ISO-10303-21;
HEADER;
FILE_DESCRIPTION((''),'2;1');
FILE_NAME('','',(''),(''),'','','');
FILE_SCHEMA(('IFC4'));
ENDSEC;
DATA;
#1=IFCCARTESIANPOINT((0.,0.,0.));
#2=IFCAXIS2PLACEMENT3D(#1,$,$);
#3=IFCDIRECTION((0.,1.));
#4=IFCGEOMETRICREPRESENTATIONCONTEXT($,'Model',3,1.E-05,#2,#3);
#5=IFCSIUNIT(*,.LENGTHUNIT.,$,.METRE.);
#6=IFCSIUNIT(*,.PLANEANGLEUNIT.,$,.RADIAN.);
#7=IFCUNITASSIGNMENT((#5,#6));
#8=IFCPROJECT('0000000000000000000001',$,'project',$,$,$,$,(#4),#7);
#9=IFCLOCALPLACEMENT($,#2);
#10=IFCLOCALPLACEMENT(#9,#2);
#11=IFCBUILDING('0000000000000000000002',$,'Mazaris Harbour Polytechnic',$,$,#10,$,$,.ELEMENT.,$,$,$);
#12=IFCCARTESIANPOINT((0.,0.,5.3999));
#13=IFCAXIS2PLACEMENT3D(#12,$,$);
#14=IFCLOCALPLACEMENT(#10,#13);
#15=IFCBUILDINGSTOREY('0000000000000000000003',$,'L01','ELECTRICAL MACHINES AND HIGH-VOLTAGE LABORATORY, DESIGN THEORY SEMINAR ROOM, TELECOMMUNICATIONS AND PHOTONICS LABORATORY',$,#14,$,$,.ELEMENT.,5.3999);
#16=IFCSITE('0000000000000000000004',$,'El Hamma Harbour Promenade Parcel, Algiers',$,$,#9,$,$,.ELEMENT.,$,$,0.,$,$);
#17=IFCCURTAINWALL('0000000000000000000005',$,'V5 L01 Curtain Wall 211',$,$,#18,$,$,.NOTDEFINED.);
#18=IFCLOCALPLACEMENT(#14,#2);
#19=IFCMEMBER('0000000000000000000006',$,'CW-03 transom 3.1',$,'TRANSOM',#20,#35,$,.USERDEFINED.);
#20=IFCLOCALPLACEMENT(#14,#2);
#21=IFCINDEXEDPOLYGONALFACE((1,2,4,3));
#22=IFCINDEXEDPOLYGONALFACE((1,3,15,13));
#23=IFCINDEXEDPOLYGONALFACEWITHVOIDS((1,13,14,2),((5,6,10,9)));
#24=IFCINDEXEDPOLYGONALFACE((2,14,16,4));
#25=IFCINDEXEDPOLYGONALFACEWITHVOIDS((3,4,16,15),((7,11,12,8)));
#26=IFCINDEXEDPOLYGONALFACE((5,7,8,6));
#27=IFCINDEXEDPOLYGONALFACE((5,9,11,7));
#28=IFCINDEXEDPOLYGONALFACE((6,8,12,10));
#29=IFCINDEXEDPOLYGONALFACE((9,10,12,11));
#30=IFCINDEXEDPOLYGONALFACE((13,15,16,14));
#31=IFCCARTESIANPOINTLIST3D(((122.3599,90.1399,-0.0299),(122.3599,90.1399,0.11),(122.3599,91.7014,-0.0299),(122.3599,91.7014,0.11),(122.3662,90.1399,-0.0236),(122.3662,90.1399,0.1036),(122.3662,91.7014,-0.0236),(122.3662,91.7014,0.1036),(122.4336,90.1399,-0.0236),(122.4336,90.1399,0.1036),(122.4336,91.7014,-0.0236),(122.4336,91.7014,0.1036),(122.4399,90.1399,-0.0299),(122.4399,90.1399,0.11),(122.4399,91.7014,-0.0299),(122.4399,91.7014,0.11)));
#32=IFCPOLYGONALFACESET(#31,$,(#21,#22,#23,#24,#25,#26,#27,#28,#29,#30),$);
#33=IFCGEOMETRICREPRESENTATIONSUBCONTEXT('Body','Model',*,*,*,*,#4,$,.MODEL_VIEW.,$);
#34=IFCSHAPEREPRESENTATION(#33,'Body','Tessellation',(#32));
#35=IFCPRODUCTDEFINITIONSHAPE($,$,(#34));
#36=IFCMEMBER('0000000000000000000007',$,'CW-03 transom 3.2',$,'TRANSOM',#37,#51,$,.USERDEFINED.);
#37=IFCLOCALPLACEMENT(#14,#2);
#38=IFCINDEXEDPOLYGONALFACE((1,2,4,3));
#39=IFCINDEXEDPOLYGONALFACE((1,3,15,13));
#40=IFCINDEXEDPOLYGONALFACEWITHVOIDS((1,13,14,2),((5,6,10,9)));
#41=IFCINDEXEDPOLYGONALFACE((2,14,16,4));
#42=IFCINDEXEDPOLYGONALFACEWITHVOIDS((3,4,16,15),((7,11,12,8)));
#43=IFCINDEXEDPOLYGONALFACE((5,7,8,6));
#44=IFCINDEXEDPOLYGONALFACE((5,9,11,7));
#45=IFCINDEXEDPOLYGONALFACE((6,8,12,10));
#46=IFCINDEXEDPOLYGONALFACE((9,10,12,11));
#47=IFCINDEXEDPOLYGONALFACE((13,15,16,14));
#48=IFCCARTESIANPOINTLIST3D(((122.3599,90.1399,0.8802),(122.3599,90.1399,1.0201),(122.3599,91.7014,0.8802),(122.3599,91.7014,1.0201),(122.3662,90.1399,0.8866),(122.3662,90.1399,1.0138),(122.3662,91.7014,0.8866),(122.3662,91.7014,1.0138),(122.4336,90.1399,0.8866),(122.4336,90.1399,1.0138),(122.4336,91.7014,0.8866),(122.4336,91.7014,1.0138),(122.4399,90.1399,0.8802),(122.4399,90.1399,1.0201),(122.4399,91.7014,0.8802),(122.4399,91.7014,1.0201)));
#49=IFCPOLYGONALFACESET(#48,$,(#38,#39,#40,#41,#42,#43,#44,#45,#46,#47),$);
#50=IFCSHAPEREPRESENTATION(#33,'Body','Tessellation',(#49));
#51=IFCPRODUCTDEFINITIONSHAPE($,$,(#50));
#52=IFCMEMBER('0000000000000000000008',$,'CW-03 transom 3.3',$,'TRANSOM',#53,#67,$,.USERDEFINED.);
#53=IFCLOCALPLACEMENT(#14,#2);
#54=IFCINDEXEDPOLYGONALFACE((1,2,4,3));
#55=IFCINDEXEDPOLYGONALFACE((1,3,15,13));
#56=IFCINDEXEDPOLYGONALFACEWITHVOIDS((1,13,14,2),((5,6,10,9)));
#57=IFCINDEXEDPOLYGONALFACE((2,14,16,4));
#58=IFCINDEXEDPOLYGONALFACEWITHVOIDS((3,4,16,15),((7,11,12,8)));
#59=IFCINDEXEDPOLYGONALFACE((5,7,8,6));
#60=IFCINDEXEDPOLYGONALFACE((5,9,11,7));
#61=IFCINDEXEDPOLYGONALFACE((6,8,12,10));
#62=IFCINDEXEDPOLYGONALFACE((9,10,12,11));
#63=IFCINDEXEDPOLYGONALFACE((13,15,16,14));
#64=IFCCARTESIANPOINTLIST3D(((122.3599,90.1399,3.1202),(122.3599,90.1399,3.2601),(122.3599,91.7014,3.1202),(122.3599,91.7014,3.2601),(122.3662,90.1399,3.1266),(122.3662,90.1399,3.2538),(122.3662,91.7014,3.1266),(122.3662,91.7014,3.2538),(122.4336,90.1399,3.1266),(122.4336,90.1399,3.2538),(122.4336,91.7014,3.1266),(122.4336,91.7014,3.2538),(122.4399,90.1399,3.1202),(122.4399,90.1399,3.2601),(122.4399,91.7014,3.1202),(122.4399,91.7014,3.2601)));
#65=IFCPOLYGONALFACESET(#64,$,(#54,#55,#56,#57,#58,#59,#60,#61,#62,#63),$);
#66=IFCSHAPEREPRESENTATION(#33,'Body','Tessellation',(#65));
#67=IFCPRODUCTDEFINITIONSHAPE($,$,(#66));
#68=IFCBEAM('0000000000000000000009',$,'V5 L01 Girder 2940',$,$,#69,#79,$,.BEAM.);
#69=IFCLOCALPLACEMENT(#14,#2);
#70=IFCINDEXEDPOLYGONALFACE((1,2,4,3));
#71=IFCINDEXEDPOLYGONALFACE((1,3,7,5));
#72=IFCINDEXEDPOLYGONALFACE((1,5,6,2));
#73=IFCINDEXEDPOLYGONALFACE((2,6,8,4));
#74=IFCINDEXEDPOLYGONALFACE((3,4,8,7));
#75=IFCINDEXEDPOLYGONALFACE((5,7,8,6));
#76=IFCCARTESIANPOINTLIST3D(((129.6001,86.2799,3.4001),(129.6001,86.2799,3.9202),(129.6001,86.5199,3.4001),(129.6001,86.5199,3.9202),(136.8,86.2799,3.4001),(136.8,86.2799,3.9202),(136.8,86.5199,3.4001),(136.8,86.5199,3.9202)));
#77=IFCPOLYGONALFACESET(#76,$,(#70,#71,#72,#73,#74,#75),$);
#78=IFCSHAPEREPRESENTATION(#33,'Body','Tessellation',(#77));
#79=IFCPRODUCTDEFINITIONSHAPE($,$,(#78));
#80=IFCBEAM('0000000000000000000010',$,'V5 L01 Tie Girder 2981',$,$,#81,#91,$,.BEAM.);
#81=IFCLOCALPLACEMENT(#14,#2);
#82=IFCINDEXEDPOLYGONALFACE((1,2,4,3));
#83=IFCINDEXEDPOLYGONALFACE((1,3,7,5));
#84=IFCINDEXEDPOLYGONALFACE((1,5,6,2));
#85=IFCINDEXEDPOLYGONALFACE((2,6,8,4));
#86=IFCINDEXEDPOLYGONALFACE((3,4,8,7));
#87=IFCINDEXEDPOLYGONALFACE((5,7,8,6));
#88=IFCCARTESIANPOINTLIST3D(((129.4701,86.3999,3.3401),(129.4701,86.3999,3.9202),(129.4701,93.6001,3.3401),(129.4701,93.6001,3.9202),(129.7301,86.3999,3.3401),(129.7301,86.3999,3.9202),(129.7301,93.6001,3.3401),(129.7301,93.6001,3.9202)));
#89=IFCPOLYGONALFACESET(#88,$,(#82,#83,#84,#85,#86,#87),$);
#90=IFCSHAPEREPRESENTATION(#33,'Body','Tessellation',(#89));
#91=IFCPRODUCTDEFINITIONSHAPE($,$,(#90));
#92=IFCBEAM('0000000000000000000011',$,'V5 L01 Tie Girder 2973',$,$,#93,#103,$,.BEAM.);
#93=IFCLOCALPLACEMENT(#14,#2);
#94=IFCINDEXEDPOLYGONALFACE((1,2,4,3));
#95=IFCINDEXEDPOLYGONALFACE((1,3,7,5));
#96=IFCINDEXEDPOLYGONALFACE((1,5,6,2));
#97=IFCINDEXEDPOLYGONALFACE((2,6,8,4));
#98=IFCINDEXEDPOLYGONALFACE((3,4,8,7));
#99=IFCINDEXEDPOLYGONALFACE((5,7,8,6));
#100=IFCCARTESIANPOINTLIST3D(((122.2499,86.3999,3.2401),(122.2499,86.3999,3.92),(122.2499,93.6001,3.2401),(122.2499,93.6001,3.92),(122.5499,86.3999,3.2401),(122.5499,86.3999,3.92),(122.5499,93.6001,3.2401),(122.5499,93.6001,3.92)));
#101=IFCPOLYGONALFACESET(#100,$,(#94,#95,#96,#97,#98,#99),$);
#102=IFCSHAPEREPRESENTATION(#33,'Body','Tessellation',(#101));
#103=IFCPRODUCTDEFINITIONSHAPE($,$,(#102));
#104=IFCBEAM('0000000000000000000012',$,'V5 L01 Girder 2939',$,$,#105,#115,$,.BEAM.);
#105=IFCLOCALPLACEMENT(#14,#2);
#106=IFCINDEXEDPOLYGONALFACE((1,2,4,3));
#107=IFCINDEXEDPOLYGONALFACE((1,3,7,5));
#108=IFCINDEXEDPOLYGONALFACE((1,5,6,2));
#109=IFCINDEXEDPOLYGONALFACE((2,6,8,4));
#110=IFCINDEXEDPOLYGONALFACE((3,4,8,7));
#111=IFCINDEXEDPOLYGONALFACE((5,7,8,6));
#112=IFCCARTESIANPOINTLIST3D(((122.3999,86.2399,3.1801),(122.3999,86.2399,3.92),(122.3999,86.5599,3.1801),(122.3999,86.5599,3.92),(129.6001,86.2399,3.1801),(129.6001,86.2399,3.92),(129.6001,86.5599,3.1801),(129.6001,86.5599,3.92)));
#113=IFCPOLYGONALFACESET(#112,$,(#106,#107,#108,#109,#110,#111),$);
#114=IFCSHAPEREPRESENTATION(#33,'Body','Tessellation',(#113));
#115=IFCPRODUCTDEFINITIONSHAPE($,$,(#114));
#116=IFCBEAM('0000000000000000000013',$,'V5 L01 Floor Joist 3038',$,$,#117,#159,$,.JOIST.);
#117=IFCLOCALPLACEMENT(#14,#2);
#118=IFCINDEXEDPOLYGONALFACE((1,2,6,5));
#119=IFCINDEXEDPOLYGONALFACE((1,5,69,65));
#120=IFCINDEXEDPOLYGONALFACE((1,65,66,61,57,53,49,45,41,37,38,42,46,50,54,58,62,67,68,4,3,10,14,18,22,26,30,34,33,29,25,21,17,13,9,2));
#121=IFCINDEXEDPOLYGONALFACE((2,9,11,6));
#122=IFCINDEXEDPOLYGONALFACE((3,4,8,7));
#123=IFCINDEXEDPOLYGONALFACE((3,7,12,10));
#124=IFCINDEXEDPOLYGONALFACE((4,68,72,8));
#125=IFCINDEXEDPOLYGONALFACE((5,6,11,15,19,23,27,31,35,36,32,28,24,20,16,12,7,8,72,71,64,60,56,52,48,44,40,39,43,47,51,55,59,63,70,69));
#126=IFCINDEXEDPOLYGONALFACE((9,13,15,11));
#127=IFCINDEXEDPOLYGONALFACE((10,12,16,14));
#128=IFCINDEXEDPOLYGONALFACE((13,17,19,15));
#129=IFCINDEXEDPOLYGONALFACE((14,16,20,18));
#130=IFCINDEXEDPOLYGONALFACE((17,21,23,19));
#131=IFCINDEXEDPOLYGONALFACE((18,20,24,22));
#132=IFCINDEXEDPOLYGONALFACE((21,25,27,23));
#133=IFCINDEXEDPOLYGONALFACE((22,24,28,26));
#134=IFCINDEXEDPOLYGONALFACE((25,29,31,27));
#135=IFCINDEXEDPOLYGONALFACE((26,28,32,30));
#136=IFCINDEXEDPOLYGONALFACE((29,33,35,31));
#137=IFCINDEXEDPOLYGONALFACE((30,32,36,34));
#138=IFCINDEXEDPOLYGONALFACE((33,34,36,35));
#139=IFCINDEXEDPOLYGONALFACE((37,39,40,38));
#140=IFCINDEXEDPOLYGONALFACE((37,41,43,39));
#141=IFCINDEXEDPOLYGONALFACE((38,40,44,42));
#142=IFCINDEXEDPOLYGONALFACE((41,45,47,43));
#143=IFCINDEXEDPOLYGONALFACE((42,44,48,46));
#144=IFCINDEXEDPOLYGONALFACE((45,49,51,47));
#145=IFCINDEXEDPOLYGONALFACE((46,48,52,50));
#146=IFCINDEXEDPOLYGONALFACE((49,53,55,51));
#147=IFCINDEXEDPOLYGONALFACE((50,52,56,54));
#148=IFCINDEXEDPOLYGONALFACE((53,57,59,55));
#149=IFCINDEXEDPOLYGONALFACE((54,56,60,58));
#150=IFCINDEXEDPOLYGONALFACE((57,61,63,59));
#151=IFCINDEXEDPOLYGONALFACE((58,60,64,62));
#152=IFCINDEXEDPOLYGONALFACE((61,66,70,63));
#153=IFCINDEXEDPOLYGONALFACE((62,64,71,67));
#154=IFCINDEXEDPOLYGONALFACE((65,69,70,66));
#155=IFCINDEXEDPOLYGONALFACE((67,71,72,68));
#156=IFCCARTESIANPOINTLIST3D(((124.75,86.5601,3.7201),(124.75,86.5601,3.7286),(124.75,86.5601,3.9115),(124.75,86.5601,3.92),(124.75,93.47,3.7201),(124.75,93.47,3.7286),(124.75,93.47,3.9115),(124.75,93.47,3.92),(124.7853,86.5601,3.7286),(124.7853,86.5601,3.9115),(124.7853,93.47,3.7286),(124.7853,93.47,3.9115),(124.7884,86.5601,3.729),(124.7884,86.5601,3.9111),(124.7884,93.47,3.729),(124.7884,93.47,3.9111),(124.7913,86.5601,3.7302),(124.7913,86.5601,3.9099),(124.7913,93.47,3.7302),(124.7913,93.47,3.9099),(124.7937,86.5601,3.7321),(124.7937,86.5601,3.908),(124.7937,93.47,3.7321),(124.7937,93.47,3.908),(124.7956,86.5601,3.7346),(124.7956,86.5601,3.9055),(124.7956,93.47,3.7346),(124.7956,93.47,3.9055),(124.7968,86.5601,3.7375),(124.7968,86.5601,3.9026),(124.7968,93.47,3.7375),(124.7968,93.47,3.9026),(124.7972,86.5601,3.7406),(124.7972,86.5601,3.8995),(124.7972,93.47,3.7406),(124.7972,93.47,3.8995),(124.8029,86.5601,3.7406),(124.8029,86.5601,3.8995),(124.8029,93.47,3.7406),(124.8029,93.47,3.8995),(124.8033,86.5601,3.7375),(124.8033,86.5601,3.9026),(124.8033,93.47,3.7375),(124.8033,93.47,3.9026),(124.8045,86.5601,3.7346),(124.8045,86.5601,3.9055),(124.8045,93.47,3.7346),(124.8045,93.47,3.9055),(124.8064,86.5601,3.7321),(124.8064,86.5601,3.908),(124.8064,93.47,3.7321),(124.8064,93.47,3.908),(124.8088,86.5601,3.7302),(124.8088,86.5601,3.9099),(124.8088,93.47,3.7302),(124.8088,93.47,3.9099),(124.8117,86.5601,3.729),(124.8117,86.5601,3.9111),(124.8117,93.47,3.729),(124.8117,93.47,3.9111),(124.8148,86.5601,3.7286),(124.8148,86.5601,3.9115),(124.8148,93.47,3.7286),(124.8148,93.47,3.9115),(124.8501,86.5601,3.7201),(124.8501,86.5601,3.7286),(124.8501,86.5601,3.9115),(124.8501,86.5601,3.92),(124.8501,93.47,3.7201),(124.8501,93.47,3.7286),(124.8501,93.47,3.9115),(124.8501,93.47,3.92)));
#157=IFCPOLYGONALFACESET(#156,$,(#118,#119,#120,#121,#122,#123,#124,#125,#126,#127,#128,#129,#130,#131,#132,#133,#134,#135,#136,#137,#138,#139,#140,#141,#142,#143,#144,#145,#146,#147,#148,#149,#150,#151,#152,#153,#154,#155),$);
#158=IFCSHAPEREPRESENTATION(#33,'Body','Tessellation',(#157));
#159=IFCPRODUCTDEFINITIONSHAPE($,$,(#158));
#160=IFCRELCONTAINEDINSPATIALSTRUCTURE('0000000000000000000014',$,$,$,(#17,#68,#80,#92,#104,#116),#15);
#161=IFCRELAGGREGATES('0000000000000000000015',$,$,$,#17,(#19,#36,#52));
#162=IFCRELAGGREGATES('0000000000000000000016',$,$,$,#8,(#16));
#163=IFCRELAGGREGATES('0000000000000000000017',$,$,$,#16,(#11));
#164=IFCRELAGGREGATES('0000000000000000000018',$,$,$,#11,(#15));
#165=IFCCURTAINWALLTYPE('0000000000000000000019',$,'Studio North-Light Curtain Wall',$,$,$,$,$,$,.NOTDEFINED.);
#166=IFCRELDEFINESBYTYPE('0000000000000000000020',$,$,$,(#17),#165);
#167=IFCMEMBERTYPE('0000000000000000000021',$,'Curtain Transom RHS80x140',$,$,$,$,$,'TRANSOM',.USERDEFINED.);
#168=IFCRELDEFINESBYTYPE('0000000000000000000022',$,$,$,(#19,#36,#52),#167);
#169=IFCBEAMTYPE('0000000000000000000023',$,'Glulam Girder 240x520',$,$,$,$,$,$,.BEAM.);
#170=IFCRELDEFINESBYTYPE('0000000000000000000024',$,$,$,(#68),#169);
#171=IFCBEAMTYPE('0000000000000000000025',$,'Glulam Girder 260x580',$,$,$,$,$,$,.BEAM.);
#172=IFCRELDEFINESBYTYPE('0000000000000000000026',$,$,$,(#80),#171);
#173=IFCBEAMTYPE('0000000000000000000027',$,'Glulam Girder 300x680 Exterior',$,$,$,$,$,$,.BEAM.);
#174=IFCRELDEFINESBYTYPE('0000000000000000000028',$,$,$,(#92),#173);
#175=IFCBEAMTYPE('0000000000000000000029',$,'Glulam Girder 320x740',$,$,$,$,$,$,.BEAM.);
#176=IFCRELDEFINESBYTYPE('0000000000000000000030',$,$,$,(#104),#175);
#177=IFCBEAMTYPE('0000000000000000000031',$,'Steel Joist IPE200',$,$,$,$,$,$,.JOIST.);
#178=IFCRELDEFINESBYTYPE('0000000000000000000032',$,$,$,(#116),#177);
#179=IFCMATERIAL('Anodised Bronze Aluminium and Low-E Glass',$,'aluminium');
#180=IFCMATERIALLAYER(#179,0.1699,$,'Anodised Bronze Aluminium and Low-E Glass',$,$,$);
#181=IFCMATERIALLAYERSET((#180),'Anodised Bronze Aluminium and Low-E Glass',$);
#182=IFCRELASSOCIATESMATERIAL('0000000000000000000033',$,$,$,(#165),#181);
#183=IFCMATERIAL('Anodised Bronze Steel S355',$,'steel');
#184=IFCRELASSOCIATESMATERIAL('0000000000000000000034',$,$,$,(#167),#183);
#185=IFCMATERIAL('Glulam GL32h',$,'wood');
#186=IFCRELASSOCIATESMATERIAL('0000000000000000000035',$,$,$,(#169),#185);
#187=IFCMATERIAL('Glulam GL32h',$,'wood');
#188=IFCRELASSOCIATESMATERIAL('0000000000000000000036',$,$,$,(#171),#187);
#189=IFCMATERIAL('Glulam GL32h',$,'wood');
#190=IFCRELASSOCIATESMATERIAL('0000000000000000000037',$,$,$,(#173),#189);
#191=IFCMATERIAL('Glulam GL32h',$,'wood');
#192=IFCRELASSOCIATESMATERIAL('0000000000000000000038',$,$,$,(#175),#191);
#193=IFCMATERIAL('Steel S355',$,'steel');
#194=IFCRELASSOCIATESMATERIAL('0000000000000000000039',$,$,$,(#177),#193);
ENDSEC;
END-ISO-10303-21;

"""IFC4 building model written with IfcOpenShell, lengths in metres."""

from ifc_helpers import new_model, si_unit, direction, frame, origin, origin_2d, place, context, subcontext, project, spatial, rectangle, hollow_rectangle, i_section, extrude, material, layer, layer_set, material_profile, profile_set, type_object, element, aggregate, save


model = new_model("IFC4")

# Units and contexts
model_context = context("Model", 3, precision=1e-05, world=origin(), true_north=direction((0.0, 1.0)))
body_context = subcontext(model_context, "Body", "Model", "MODEL_VIEW")
ifc_project = project(units=[si_unit("LENGTHUNIT", "METRE"), si_unit("PLANEANGLEUNIT", "RADIAN")], contexts=[model_context])

# Site, building, storey
site_placement = place(None, origin())
site = spatial("IfcSite", under=ifc_project, at=site_placement, Name="El Hamma Harbour Promenade Parcel, Algiers", CompositionType="ELEMENT", RefElevation=0.0)
building_placement = place(site_placement, origin())
building = spatial("IfcBuilding", under=site, at=building_placement, Name="Mazaris Harbour Polytechnic", CompositionType="ELEMENT")
storey_placement = place(building_placement, frame((0.0, 0.0, 5.3999)))
storey = spatial("IfcBuildingStorey", under=building, at=storey_placement, Name="L01", Description="ELECTRICAL MACHINES AND HIGH-VOLTAGE LABORATORY, DESIGN THEORY SEMINAR ROOM, TELECOMMUNICATIONS AND PHOTONICS LABORATORY", CompositionType="ELEMENT", Elevation=5.3999)

# Curtain wall, members
ifc_material_1 = material(Name="Anodised Bronze Aluminium and Low-E Glass", Category="aluminium")
ifc_layer_1 = layer(ifc_material_1, 0.1699, Name="Anodised Bronze Aluminium and Low-E Glass")
ifc_layer_set_1 = layer_set([ifc_layer_1], Name="Anodised Bronze Aluminium and Low-E Glass")
curtain_wall_type = type_object("IfcCurtainWallType", Name="Studio North-Light Curtain Wall", PredefinedType="NOTDEFINED", material=ifc_layer_set_1)
curtain_wall_placement = place(storey_placement, origin())
curtain_wall = element("IfcCurtainWall", 1, at=curtain_wall_placement, inside=storey, type_object=curtain_wall_type, Name="V5 L01 Curtain Wall 211", PredefinedType="NOTDEFINED")
ifc_material_2 = material(Name="Anodised Bronze Steel S355", Category="steel")
ifc_material_profile_1 = material_profile(ifc_material_2, hollow_rectangle(XDim=0.0801, YDim=0.1399, WallThickness=0.0063, at=origin_2d()), Name="RHS 80x140x6.3")
ifc_profile_set_1 = profile_set([ifc_material_profile_1], Name="Anodised Bronze Steel S355")
member_type_1 = type_object("IfcMemberType", Name="Curtain Transom RHS80x140", ElementType="TRANSOM", PredefinedType="USERDEFINED", material=ifc_profile_set_1)
member_1_placement = place(storey_placement, frame((122.3999, 90.1399, 0.04), z_axis=(0.0, 1.0, 0.0), x_axis=(-1.0, 0.0, 0.0)))
member_1 = element("IfcMember", 2, at=member_1_placement, type_object=member_type_1, Name="CW-03 transom 3.1", ObjectType="TRANSOM", PredefinedType="USERDEFINED", context=body_context, shape_type="SweptSolid", body=[
    extrude(hollow_rectangle(XDim=0.0801, YDim=0.1399, WallThickness=0.0063, at=origin_2d()), origin(), (0.0, 0.0, 1.0), 1.5615),
])
member_2_placement = place(storey_placement, frame((122.3999, 90.1399, 0.9502), z_axis=(0.0, 1.0, 0.0), x_axis=(-1.0, 0.0, 0.0)))
member_2 = element("IfcMember", 3, at=member_2_placement, type_object=member_type_1, Name="CW-03 transom 3.2", ObjectType="TRANSOM", PredefinedType="USERDEFINED", context=body_context, shape_type="SweptSolid", body=[
    extrude(hollow_rectangle(XDim=0.0801, YDim=0.1399, WallThickness=0.0063, at=origin_2d()), origin(), (0.0, 0.0, 1.0), 1.5615),
])
member_3_placement = place(storey_placement, frame((122.3999, 90.1399, 3.1902), z_axis=(0.0, 1.0, 0.0), x_axis=(-1.0, 0.0, 0.0)))
member_3 = element("IfcMember", 4, at=member_3_placement, type_object=member_type_1, Name="CW-03 transom 3.3", ObjectType="TRANSOM", PredefinedType="USERDEFINED", context=body_context, shape_type="SweptSolid", body=[
    extrude(hollow_rectangle(XDim=0.0801, YDim=0.1399, WallThickness=0.0063, at=origin_2d()), origin(), (0.0, 0.0, 1.0), 1.5615),
])

# Beams
ifc_material_3 = material(Name="Glulam GL32h", Category="wood")
ifc_material_profile_2 = material_profile(ifc_material_3, rectangle(XDim=0.24, YDim=0.52, at=origin_2d()), Name="RECT240x520")
ifc_profile_set_2 = profile_set([ifc_material_profile_2], Name="Glulam GL32h")
beam_type_1 = type_object("IfcBeamType", Name="Glulam Girder 240x520", PredefinedType="BEAM", material=ifc_profile_set_2)
beam_1_placement = place(storey_placement, frame((129.6001, 86.3999, 3.6602), z_axis=(1.0, 0.0, 0.0), x_axis=(0.0, 1.0, 0.0)))
element("IfcBeam", 5, at=beam_1_placement, inside=storey, type_object=beam_type_1, Name="V5 L01 Girder 2940", PredefinedType="BEAM", context=body_context, shape_type="SweptSolid", body=[
    extrude(rectangle(XDim=0.24, YDim=0.52, at=origin_2d()), origin(), (0.0, 0.0, 1.0), 7.2),
])
ifc_material_4 = material(Name="Glulam GL32h", Category="wood")
ifc_material_profile_3 = material_profile(ifc_material_4, rectangle(XDim=0.26, YDim=0.5801, at=origin_2d()), Name="RECT260x580")
ifc_profile_set_3 = profile_set([ifc_material_profile_3], Name="Glulam GL32h")
beam_type_2 = type_object("IfcBeamType", Name="Glulam Girder 260x580", PredefinedType="BEAM", material=ifc_profile_set_3)
beam_2_placement = place(storey_placement, frame((129.6001, 86.3999, 3.6301), z_axis=(0.0, 1.0, 0.0), x_axis=(-1.0, 0.0, 0.0)))
element("IfcBeam", 6, at=beam_2_placement, inside=storey, type_object=beam_type_2, Name="V5 L01 Tie Girder 2981", PredefinedType="BEAM", context=body_context, shape_type="SweptSolid", body=[
    extrude(rectangle(XDim=0.26, YDim=0.5801, at=origin_2d()), origin(), (0.0, 0.0, 1.0), 7.2002),
])
ifc_material_5 = material(Name="Glulam GL32h", Category="wood")
ifc_material_profile_4 = material_profile(ifc_material_5, rectangle(XDim=0.3, YDim=0.6799, at=origin_2d()), Name="RECT300x680")
ifc_profile_set_4 = profile_set([ifc_material_profile_4], Name="Glulam GL32h")
beam_type_3 = type_object("IfcBeamType", Name="Glulam Girder 300x680 Exterior", PredefinedType="BEAM", material=ifc_profile_set_4)
beam_3_placement = place(storey_placement, frame((122.3999, 86.3999, 3.5801), z_axis=(0.0, 1.0, 0.0), x_axis=(-1.0, 0.0, 0.0)))
element("IfcBeam", 7, at=beam_3_placement, inside=storey, type_object=beam_type_3, Name="V5 L01 Tie Girder 2973", PredefinedType="BEAM", context=body_context, shape_type="SweptSolid", body=[
    extrude(rectangle(XDim=0.3, YDim=0.6799, at=origin_2d()), origin(), (0.0, 0.0, 1.0), 7.2002),
])
ifc_material_6 = material(Name="Glulam GL32h", Category="wood")
ifc_material_profile_5 = material_profile(ifc_material_6, rectangle(XDim=0.3201, YDim=0.74, at=origin_2d()), Name="RECT320x740")
ifc_profile_set_5 = profile_set([ifc_material_profile_5], Name="Glulam GL32h")
beam_type_4 = type_object("IfcBeamType", Name="Glulam Girder 320x740", PredefinedType="BEAM", material=ifc_profile_set_5)
beam_4_placement = place(storey_placement, frame((122.3999, 86.3999, 3.55), z_axis=(1.0, 0.0, 0.0), x_axis=(0.0, 1.0, 0.0)))
element("IfcBeam", 8, at=beam_4_placement, inside=storey, type_object=beam_type_4, Name="V5 L01 Girder 2939", PredefinedType="BEAM", context=body_context, shape_type="SweptSolid", body=[
    extrude(rectangle(XDim=0.3201, YDim=0.74, at=origin_2d()), origin(), (0.0, 0.0, 1.0), 7.2002),
])
ifc_material_7 = material(Name="Steel S355", Category="steel")
ifc_material_profile_6 = material_profile(ifc_material_7, i_section(OverallWidth=0.1001, OverallDepth=0.2, WebThickness=0.0056, FlangeThickness=0.0085, FilletRadius=0.012, at=origin_2d()), Name="IPE 200")
ifc_profile_set_6 = profile_set([ifc_material_profile_6], Name="Steel S355")
beam_type_5 = type_object("IfcBeamType", Name="Steel Joist IPE200", PredefinedType="JOIST", material=ifc_profile_set_6)
beam_5_placement = place(storey_placement, frame((124.8, 86.5601, 3.8201), z_axis=(0.0, 1.0, 0.0), x_axis=(-1.0, 0.0, 0.0)))
element("IfcBeam", 9, at=beam_5_placement, inside=storey, type_object=beam_type_5, Name="V5 L01 Floor Joist 3038", PredefinedType="JOIST", context=body_context, shape_type="SweptSolid", body=[
    extrude(i_section(OverallWidth=0.1001, OverallDepth=0.2, WebThickness=0.0056, FlangeThickness=0.0085, FilletRadius=0.012, at=origin_2d()), origin(), (0.0, 0.0, 1.0), 6.9099),
])

aggregate(curtain_wall, [member_1, member_2, member_3])

save(model, "model.ifc")
